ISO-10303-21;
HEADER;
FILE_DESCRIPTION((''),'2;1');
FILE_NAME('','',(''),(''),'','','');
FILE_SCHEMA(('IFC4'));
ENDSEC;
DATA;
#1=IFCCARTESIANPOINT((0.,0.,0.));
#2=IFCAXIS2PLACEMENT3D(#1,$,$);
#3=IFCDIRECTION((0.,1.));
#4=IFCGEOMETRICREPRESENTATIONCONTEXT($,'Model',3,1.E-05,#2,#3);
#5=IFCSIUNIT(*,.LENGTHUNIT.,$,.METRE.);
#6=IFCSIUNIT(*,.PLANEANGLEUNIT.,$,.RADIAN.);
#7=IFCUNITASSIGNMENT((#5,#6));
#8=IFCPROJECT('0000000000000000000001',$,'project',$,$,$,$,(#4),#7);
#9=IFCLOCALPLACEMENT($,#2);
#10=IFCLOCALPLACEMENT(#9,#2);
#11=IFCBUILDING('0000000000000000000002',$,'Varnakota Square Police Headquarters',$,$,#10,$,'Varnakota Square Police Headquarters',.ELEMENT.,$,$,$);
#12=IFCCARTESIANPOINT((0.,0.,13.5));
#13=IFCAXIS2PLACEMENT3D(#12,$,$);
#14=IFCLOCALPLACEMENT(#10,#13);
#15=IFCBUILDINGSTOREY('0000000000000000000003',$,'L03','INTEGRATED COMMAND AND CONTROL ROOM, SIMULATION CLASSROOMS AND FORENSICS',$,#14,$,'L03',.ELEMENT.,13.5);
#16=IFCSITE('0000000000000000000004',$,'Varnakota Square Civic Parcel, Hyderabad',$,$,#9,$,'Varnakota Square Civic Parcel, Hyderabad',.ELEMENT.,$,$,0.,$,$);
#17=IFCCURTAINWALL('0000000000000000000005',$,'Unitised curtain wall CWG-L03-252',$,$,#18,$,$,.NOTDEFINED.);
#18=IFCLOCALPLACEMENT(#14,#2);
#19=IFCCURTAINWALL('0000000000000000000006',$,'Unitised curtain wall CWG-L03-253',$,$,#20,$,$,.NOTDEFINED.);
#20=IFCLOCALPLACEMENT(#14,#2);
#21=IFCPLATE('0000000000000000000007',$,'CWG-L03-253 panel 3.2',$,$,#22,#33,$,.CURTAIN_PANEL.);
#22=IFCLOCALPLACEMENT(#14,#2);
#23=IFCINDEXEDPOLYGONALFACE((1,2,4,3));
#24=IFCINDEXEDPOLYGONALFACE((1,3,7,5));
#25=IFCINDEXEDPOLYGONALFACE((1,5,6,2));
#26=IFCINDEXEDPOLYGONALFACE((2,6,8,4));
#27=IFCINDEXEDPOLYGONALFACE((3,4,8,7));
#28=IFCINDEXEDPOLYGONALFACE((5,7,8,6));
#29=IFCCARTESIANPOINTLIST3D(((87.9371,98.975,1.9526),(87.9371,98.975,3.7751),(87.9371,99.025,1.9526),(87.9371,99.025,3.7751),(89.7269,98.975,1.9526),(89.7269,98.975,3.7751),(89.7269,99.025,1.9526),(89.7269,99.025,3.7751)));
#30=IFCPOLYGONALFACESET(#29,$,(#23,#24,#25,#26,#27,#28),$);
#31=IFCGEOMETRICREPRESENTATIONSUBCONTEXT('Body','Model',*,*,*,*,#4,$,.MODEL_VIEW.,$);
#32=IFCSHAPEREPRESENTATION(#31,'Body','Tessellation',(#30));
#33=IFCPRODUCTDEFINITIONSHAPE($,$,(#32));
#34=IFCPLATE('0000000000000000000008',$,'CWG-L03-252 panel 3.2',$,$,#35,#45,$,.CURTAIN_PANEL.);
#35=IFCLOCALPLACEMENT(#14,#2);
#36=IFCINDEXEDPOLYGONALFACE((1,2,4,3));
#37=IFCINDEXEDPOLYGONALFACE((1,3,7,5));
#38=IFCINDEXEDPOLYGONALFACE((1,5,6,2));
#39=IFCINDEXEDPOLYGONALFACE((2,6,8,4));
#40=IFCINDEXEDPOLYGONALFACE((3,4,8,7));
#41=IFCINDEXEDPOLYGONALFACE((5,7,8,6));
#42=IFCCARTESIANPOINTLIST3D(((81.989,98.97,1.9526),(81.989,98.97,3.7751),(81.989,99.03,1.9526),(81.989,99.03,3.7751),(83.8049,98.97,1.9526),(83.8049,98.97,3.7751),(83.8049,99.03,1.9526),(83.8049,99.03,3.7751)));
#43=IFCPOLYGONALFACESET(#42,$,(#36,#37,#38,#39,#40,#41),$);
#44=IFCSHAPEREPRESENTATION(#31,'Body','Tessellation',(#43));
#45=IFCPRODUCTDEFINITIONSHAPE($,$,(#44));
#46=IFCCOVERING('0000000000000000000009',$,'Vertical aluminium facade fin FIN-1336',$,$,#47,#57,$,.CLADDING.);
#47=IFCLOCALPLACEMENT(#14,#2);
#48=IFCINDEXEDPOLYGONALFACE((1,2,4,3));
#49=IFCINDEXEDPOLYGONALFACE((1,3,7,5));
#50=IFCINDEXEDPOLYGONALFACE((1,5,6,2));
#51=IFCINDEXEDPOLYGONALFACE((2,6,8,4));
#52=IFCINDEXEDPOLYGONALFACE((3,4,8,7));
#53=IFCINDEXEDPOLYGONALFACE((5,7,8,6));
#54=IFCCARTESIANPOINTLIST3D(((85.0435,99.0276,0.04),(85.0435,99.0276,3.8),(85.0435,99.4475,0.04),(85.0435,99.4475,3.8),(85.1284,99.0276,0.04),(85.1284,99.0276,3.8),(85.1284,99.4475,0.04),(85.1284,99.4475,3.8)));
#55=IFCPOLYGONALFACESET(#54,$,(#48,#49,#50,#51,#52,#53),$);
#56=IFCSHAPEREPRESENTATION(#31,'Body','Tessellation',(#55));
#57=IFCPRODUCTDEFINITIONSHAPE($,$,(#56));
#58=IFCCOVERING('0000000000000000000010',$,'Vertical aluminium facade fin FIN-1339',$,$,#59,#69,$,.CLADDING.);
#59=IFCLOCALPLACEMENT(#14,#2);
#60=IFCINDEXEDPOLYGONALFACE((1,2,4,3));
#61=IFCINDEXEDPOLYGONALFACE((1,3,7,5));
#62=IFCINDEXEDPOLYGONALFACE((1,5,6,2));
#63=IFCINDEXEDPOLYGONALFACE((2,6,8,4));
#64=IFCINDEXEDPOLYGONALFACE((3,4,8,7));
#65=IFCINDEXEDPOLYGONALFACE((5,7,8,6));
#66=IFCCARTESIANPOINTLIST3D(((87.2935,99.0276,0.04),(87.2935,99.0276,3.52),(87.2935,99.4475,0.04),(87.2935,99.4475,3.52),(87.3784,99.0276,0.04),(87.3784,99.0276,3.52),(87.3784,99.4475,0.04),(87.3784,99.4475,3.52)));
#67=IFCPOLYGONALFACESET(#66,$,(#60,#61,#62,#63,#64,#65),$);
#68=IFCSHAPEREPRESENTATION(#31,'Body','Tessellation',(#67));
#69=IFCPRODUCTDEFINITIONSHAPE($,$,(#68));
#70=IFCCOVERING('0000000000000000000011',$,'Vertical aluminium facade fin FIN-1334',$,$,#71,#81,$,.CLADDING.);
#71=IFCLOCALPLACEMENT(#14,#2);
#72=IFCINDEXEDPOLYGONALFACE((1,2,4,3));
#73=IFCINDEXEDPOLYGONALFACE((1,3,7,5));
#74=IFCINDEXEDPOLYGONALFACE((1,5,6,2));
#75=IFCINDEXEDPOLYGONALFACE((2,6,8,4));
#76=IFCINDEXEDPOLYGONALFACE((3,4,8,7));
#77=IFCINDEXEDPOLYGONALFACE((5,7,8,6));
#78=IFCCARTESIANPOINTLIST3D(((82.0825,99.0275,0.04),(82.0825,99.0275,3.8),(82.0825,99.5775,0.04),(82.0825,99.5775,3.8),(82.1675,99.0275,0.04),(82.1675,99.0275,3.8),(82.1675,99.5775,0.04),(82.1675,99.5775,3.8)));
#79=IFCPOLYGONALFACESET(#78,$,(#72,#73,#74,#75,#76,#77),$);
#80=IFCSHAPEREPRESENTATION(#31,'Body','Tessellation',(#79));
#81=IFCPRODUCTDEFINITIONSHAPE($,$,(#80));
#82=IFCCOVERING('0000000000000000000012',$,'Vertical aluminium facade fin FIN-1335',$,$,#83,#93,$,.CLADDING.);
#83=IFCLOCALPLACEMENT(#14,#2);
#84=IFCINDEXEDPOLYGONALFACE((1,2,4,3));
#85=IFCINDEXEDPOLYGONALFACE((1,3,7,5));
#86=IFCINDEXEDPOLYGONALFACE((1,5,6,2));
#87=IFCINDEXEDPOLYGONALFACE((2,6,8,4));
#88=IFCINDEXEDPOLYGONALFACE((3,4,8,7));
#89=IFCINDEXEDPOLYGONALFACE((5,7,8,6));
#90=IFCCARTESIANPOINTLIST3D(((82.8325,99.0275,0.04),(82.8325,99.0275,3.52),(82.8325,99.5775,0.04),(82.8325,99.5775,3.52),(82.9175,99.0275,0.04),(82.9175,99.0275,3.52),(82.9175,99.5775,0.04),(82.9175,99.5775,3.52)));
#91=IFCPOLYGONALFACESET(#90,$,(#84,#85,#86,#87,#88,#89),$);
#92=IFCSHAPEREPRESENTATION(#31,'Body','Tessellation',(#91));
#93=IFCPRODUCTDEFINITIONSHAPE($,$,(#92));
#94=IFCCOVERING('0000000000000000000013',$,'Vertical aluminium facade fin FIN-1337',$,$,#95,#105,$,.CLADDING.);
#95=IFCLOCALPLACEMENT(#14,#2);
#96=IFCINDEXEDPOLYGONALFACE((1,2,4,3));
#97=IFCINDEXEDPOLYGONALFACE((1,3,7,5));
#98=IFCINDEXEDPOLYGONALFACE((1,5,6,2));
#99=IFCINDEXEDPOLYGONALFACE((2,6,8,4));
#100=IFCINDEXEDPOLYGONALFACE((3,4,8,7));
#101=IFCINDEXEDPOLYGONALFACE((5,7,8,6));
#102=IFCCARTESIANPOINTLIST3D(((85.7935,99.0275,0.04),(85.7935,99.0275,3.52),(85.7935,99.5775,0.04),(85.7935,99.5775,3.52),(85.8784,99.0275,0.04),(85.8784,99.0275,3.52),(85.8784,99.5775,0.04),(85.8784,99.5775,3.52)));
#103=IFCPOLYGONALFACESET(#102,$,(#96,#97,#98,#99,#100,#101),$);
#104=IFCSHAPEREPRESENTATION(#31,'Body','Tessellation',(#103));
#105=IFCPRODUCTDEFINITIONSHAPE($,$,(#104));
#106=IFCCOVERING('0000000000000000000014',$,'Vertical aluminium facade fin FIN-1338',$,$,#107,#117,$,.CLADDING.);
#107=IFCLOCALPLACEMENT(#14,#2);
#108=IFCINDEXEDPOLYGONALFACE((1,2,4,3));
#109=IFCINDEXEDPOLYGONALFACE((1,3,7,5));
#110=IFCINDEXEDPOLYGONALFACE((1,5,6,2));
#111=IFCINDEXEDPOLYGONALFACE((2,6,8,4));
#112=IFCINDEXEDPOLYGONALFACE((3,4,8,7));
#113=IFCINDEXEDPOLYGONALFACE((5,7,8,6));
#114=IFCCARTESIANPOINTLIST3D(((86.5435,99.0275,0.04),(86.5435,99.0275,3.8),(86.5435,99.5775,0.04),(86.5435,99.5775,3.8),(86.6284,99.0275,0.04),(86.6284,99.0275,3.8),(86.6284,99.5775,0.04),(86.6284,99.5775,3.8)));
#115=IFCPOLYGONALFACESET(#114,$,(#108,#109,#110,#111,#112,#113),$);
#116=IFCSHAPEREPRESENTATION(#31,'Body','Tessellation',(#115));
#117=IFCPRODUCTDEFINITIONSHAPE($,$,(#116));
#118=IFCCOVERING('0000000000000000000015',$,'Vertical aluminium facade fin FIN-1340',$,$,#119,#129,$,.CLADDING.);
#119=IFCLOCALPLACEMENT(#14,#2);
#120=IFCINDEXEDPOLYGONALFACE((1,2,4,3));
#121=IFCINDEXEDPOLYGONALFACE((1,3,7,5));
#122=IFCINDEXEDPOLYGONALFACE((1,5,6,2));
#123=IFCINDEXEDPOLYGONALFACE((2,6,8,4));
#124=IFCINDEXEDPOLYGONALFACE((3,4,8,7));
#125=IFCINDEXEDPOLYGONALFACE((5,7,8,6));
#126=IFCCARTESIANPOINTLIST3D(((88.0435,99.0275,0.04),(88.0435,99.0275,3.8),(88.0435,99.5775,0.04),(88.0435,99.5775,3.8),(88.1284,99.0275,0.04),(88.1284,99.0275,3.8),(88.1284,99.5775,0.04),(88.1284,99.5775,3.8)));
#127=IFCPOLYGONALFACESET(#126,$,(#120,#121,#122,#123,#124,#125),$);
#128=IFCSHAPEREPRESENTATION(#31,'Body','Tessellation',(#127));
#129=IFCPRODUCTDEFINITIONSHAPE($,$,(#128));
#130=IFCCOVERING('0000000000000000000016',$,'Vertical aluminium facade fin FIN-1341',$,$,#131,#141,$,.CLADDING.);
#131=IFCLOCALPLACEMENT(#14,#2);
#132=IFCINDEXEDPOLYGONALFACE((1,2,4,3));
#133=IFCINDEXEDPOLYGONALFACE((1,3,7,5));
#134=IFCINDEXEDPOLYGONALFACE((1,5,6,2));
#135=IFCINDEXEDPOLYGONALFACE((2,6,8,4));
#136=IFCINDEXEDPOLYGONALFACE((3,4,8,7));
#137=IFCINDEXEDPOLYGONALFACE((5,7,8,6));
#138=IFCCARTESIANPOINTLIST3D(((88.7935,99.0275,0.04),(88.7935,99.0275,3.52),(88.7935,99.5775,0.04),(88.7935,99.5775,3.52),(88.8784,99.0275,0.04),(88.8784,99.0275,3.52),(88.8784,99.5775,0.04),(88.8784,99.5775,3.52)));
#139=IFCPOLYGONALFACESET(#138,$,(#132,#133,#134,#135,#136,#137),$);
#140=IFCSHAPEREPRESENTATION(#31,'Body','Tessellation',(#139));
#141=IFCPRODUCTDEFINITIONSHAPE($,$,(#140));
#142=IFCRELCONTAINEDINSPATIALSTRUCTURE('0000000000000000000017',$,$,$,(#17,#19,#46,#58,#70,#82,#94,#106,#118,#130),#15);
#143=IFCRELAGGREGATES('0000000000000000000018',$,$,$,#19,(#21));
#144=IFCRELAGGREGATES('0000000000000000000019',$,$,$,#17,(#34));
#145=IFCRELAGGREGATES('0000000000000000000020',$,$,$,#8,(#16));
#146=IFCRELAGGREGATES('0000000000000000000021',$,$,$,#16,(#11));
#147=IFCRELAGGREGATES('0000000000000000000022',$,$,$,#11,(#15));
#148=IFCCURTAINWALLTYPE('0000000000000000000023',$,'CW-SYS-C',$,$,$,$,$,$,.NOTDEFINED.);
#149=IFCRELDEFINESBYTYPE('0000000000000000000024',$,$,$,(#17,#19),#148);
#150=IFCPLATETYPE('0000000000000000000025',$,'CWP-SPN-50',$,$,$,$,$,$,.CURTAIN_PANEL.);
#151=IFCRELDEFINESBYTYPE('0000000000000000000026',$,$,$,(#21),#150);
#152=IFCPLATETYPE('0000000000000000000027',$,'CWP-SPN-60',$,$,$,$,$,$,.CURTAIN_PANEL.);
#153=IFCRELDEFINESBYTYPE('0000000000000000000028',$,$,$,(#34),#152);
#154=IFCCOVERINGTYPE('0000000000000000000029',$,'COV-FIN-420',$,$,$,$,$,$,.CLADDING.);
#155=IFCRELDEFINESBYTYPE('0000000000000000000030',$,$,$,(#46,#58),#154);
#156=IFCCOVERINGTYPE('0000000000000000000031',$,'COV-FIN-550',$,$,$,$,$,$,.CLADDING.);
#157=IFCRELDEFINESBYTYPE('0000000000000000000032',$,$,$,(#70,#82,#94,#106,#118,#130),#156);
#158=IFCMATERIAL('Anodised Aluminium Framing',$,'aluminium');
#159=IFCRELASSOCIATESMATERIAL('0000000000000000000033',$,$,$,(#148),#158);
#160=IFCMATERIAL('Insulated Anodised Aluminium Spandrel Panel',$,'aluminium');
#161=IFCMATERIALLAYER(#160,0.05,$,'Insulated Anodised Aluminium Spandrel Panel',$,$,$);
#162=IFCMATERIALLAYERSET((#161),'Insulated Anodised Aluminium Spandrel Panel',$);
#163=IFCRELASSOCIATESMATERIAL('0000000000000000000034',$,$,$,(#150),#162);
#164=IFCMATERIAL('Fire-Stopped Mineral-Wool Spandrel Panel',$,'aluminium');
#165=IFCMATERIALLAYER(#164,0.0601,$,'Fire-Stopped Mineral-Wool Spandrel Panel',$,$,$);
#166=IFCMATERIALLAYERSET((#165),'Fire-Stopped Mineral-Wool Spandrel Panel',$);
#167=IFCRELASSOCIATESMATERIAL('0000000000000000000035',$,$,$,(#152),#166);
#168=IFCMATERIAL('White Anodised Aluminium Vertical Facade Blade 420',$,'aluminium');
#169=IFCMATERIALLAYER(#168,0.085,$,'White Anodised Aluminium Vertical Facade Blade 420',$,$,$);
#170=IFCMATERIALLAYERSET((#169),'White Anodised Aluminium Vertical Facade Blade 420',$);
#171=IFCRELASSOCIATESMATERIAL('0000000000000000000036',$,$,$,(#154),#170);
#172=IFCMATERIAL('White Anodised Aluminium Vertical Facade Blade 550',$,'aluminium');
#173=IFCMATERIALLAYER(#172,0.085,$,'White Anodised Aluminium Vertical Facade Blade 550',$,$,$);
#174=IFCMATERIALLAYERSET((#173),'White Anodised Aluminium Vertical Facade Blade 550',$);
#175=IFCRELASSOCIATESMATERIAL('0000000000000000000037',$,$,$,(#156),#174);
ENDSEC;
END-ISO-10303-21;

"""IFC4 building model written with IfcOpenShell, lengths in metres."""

from ifc_helpers import new_model, si_unit, direction, frame, origin, origin_2d, place, context, subcontext, project, spatial, rectangle, extrude, material, layer, layer_set, type_object, element, aggregate, save


model = new_model("IFC4")

# Units and contexts
model_context = context("Model", 3, precision=1e-05, world=origin(), true_north=direction((0.0, 1.0)))
body_context = subcontext(model_context, "Body", "Model", "MODEL_VIEW")
ifc_project = project(units=[si_unit("LENGTHUNIT", "METRE"), si_unit("PLANEANGLEUNIT", "RADIAN")], contexts=[model_context])

# Site, building, storey
site_placement = place(None, origin())
site = spatial("IfcSite", under=ifc_project, at=site_placement, Name="Varnakota Square Civic Parcel, Hyderabad", LongName="Varnakota Square Civic Parcel, Hyderabad", CompositionType="ELEMENT", RefElevation=0.0)
building_placement = place(site_placement, origin())
building = spatial("IfcBuilding", under=site, at=building_placement, Name="Varnakota Square Police Headquarters", LongName="Varnakota Square Police Headquarters", CompositionType="ELEMENT")
storey_placement = place(building_placement, frame((0.0, 0.0, 13.5)))
storey = spatial("IfcBuildingStorey", under=building, at=storey_placement, Name="L03", Description="INTEGRATED COMMAND AND CONTROL ROOM, SIMULATION CLASSROOMS AND FORENSICS", LongName="L03", CompositionType="ELEMENT", Elevation=13.5)

# Curtain wall
ifc_material_1 = material(Name="Anodised Aluminium Framing", Category="aluminium")
curtain_wall_type = type_object("IfcCurtainWallType", Name="CW-SYS-C", PredefinedType="NOTDEFINED", material=ifc_material_1)
curtain_wall_1_placement = place(storey_placement, origin())
curtain_wall_1 = element("IfcCurtainWall", 1, at=curtain_wall_1_placement, inside=storey, type_object=curtain_wall_type, Name="Unitised curtain wall CWG-L03-252", PredefinedType="NOTDEFINED")

# Curtain wall
curtain_wall_2_placement = place(storey_placement, origin())
curtain_wall_2 = element("IfcCurtainWall", 2, at=curtain_wall_2_placement, inside=storey, type_object=curtain_wall_type, Name="Unitised curtain wall CWG-L03-253", PredefinedType="NOTDEFINED")

# Plates
ifc_material_2 = material(Name="Insulated Anodised Aluminium Spandrel Panel", Category="aluminium")
ifc_layer_1 = layer(ifc_material_2, 0.05, Name="Insulated Anodised Aluminium Spandrel Panel")
ifc_layer_set_1 = layer_set([ifc_layer_1], Name="Insulated Anodised Aluminium Spandrel Panel")
plate_type_1 = type_object("IfcPlateType", Name="CWP-SPN-50", PredefinedType="CURTAIN_PANEL", material=ifc_layer_set_1)
plate_1_placement = place(storey_placement, frame((88.832, 99.0, 1.9526), z_axis=(0.0, 0.0, 1.0), x_axis=(1.0, 0.0, 0.0)))
plate_1 = element("IfcPlate", 3, at=plate_1_placement, type_object=plate_type_1, Name="CWG-L03-253 panel 3.2", PredefinedType="CURTAIN_PANEL", context=body_context, shape_type="SweptSolid", body=[
    extrude(rectangle(XDim=1.7898, YDim=0.05, at=origin_2d()), origin(), (0.0, 0.0, 1.0), 1.8225),
])
aggregate(curtain_wall_2, [plate_1])
ifc_material_3 = material(Name="Fire-Stopped Mineral-Wool Spandrel Panel", Category="aluminium")
ifc_layer_2 = layer(ifc_material_3, 0.0601, Name="Fire-Stopped Mineral-Wool Spandrel Panel")
ifc_layer_set_2 = layer_set([ifc_layer_2], Name="Fire-Stopped Mineral-Wool Spandrel Panel")
plate_type_2 = type_object("IfcPlateType", Name="CWP-SPN-60", PredefinedType="CURTAIN_PANEL", material=ifc_layer_set_2)
plate_2_placement = place(storey_placement, frame((82.897, 99.0, 1.9526), z_axis=(0.0, 0.0, 1.0), x_axis=(1.0, 0.0, 0.0)))
plate_2 = element("IfcPlate", 4, at=plate_2_placement, type_object=plate_type_2, Name="CWG-L03-252 panel 3.2", PredefinedType="CURTAIN_PANEL", context=body_context, shape_type="SweptSolid", body=[
    extrude(rectangle(XDim=1.8159, YDim=0.0601, at=origin_2d()), origin(), (0.0, 0.0, 1.0), 1.8225),
])
aggregate(curtain_wall_1, [plate_2])

# Coverings
ifc_material_4 = material(Name="White Anodised Aluminium Vertical Facade Blade 420", Category="aluminium")
ifc_layer_3 = layer(ifc_material_4, 0.085, Name="White Anodised Aluminium Vertical Facade Blade 420")
ifc_layer_set_3 = layer_set([ifc_layer_3], Name="White Anodised Aluminium Vertical Facade Blade 420")
covering_type_1 = type_object("IfcCoveringType", Name="COV-FIN-420", PredefinedType="CLADDING", material=ifc_layer_set_3)
covering_1_placement = place(storey_placement, frame((85.0859, 99.2375, 0.04), z_axis=(0.0, 0.0, 1.0), x_axis=(1.0, 0.0, 0.0)))
element("IfcCovering", 5, at=covering_1_placement, inside=storey, type_object=covering_type_1, Name="Vertical aluminium facade fin FIN-1336", PredefinedType="CLADDING", context=body_context, shape_type="SweptSolid", body=[
    extrude(rectangle(XDim=0.085, YDim=0.4199, at=origin_2d()), origin(), (0.0, 0.0, 1.0), 3.76),
])
covering_2_placement = place(storey_placement, frame((87.3359, 99.2375, 0.04), z_axis=(0.0, 0.0, 1.0), x_axis=(1.0, 0.0, 0.0)))
element("IfcCovering", 6, at=covering_2_placement, inside=storey, type_object=covering_type_1, Name="Vertical aluminium facade fin FIN-1339", PredefinedType="CLADDING", context=body_context, shape_type="SweptSolid", body=[
    extrude(rectangle(XDim=0.085, YDim=0.4199, at=origin_2d()), origin(), (0.0, 0.0, 1.0), 3.48),
])
ifc_material_5 = material(Name="White Anodised Aluminium Vertical Facade Blade 550", Category="aluminium")
ifc_layer_4 = layer(ifc_material_5, 0.085, Name="White Anodised Aluminium Vertical Facade Blade 550")
ifc_layer_set_4 = layer_set([ifc_layer_4], Name="White Anodised Aluminium Vertical Facade Blade 550")
covering_type_2 = type_object("IfcCoveringType", Name="COV-FIN-550", PredefinedType="CLADDING", material=ifc_layer_set_4)
covering_3_placement = place(storey_placement, frame((82.125, 99.3025, 0.04), z_axis=(0.0, 0.0, 1.0), x_axis=(1.0, 0.0, 0.0)))
element("IfcCovering", 7, at=covering_3_placement, inside=storey, type_object=covering_type_2, Name="Vertical aluminium facade fin FIN-1334", PredefinedType="CLADDING", context=body_context, shape_type="SweptSolid", body=[
    extrude(rectangle(XDim=0.085, YDim=0.55, at=origin_2d()), origin(), (0.0, 0.0, 1.0), 3.76),
])
for number, where, z_axis, x_axis, name in (
    (8, (82.875, 99.3025, 0.04), (0.0, 0.0, 1.0), (1.0, 0.0, 0.0), "Vertical aluminium facade fin FIN-1335"),
    (9, (85.8359, 99.3025, 0.04), (0.0, 0.0, 1.0), (1.0, 0.0, 0.0), "Vertical aluminium facade fin FIN-1337"),
):
    element("IfcCovering", number, at=place(storey_placement, frame(where, z_axis=z_axis, x_axis=x_axis)), inside=storey, type_object=covering_type_2, Name=name, PredefinedType="CLADDING", context=body_context, shape_type="SweptSolid", body=[
        extrude(rectangle(XDim=0.085, YDim=0.55, at=origin_2d()), origin(), (0.0, 0.0, 1.0), 3.48),
    ])
for number, where, z_axis, x_axis, name in (
    (10, (86.5859, 99.3025, 0.04), (0.0, 0.0, 1.0), (1.0, 0.0, 0.0), "Vertical aluminium facade fin FIN-1338"),
    (11, (88.0859, 99.3025, 0.04), (0.0, 0.0, 1.0), (1.0, 0.0, 0.0), "Vertical aluminium facade fin FIN-1340"),
):
    element("IfcCovering", number, at=place(storey_placement, frame(where, z_axis=z_axis, x_axis=x_axis)), inside=storey, type_object=covering_type_2, Name=name, PredefinedType="CLADDING", context=body_context, shape_type="SweptSolid", body=[
        extrude(rectangle(XDim=0.085, YDim=0.55, at=origin_2d()), origin(), (0.0, 0.0, 1.0), 3.76),
    ])
covering_4_placement = place(storey_placement, frame((88.8359, 99.3025, 0.04), z_axis=(0.0, 0.0, 1.0), x_axis=(1.0, 0.0, 0.0)))
element("IfcCovering", 12, at=covering_4_placement, inside=storey, type_object=covering_type_2, Name="Vertical aluminium facade fin FIN-1341", PredefinedType="CLADDING", context=body_context, shape_type="SweptSolid", body=[
    extrude(rectangle(XDim=0.085, YDim=0.55, at=origin_2d()), origin(), (0.0, 0.0, 1.0), 3.48),
])

save(model, "model.ifc")
